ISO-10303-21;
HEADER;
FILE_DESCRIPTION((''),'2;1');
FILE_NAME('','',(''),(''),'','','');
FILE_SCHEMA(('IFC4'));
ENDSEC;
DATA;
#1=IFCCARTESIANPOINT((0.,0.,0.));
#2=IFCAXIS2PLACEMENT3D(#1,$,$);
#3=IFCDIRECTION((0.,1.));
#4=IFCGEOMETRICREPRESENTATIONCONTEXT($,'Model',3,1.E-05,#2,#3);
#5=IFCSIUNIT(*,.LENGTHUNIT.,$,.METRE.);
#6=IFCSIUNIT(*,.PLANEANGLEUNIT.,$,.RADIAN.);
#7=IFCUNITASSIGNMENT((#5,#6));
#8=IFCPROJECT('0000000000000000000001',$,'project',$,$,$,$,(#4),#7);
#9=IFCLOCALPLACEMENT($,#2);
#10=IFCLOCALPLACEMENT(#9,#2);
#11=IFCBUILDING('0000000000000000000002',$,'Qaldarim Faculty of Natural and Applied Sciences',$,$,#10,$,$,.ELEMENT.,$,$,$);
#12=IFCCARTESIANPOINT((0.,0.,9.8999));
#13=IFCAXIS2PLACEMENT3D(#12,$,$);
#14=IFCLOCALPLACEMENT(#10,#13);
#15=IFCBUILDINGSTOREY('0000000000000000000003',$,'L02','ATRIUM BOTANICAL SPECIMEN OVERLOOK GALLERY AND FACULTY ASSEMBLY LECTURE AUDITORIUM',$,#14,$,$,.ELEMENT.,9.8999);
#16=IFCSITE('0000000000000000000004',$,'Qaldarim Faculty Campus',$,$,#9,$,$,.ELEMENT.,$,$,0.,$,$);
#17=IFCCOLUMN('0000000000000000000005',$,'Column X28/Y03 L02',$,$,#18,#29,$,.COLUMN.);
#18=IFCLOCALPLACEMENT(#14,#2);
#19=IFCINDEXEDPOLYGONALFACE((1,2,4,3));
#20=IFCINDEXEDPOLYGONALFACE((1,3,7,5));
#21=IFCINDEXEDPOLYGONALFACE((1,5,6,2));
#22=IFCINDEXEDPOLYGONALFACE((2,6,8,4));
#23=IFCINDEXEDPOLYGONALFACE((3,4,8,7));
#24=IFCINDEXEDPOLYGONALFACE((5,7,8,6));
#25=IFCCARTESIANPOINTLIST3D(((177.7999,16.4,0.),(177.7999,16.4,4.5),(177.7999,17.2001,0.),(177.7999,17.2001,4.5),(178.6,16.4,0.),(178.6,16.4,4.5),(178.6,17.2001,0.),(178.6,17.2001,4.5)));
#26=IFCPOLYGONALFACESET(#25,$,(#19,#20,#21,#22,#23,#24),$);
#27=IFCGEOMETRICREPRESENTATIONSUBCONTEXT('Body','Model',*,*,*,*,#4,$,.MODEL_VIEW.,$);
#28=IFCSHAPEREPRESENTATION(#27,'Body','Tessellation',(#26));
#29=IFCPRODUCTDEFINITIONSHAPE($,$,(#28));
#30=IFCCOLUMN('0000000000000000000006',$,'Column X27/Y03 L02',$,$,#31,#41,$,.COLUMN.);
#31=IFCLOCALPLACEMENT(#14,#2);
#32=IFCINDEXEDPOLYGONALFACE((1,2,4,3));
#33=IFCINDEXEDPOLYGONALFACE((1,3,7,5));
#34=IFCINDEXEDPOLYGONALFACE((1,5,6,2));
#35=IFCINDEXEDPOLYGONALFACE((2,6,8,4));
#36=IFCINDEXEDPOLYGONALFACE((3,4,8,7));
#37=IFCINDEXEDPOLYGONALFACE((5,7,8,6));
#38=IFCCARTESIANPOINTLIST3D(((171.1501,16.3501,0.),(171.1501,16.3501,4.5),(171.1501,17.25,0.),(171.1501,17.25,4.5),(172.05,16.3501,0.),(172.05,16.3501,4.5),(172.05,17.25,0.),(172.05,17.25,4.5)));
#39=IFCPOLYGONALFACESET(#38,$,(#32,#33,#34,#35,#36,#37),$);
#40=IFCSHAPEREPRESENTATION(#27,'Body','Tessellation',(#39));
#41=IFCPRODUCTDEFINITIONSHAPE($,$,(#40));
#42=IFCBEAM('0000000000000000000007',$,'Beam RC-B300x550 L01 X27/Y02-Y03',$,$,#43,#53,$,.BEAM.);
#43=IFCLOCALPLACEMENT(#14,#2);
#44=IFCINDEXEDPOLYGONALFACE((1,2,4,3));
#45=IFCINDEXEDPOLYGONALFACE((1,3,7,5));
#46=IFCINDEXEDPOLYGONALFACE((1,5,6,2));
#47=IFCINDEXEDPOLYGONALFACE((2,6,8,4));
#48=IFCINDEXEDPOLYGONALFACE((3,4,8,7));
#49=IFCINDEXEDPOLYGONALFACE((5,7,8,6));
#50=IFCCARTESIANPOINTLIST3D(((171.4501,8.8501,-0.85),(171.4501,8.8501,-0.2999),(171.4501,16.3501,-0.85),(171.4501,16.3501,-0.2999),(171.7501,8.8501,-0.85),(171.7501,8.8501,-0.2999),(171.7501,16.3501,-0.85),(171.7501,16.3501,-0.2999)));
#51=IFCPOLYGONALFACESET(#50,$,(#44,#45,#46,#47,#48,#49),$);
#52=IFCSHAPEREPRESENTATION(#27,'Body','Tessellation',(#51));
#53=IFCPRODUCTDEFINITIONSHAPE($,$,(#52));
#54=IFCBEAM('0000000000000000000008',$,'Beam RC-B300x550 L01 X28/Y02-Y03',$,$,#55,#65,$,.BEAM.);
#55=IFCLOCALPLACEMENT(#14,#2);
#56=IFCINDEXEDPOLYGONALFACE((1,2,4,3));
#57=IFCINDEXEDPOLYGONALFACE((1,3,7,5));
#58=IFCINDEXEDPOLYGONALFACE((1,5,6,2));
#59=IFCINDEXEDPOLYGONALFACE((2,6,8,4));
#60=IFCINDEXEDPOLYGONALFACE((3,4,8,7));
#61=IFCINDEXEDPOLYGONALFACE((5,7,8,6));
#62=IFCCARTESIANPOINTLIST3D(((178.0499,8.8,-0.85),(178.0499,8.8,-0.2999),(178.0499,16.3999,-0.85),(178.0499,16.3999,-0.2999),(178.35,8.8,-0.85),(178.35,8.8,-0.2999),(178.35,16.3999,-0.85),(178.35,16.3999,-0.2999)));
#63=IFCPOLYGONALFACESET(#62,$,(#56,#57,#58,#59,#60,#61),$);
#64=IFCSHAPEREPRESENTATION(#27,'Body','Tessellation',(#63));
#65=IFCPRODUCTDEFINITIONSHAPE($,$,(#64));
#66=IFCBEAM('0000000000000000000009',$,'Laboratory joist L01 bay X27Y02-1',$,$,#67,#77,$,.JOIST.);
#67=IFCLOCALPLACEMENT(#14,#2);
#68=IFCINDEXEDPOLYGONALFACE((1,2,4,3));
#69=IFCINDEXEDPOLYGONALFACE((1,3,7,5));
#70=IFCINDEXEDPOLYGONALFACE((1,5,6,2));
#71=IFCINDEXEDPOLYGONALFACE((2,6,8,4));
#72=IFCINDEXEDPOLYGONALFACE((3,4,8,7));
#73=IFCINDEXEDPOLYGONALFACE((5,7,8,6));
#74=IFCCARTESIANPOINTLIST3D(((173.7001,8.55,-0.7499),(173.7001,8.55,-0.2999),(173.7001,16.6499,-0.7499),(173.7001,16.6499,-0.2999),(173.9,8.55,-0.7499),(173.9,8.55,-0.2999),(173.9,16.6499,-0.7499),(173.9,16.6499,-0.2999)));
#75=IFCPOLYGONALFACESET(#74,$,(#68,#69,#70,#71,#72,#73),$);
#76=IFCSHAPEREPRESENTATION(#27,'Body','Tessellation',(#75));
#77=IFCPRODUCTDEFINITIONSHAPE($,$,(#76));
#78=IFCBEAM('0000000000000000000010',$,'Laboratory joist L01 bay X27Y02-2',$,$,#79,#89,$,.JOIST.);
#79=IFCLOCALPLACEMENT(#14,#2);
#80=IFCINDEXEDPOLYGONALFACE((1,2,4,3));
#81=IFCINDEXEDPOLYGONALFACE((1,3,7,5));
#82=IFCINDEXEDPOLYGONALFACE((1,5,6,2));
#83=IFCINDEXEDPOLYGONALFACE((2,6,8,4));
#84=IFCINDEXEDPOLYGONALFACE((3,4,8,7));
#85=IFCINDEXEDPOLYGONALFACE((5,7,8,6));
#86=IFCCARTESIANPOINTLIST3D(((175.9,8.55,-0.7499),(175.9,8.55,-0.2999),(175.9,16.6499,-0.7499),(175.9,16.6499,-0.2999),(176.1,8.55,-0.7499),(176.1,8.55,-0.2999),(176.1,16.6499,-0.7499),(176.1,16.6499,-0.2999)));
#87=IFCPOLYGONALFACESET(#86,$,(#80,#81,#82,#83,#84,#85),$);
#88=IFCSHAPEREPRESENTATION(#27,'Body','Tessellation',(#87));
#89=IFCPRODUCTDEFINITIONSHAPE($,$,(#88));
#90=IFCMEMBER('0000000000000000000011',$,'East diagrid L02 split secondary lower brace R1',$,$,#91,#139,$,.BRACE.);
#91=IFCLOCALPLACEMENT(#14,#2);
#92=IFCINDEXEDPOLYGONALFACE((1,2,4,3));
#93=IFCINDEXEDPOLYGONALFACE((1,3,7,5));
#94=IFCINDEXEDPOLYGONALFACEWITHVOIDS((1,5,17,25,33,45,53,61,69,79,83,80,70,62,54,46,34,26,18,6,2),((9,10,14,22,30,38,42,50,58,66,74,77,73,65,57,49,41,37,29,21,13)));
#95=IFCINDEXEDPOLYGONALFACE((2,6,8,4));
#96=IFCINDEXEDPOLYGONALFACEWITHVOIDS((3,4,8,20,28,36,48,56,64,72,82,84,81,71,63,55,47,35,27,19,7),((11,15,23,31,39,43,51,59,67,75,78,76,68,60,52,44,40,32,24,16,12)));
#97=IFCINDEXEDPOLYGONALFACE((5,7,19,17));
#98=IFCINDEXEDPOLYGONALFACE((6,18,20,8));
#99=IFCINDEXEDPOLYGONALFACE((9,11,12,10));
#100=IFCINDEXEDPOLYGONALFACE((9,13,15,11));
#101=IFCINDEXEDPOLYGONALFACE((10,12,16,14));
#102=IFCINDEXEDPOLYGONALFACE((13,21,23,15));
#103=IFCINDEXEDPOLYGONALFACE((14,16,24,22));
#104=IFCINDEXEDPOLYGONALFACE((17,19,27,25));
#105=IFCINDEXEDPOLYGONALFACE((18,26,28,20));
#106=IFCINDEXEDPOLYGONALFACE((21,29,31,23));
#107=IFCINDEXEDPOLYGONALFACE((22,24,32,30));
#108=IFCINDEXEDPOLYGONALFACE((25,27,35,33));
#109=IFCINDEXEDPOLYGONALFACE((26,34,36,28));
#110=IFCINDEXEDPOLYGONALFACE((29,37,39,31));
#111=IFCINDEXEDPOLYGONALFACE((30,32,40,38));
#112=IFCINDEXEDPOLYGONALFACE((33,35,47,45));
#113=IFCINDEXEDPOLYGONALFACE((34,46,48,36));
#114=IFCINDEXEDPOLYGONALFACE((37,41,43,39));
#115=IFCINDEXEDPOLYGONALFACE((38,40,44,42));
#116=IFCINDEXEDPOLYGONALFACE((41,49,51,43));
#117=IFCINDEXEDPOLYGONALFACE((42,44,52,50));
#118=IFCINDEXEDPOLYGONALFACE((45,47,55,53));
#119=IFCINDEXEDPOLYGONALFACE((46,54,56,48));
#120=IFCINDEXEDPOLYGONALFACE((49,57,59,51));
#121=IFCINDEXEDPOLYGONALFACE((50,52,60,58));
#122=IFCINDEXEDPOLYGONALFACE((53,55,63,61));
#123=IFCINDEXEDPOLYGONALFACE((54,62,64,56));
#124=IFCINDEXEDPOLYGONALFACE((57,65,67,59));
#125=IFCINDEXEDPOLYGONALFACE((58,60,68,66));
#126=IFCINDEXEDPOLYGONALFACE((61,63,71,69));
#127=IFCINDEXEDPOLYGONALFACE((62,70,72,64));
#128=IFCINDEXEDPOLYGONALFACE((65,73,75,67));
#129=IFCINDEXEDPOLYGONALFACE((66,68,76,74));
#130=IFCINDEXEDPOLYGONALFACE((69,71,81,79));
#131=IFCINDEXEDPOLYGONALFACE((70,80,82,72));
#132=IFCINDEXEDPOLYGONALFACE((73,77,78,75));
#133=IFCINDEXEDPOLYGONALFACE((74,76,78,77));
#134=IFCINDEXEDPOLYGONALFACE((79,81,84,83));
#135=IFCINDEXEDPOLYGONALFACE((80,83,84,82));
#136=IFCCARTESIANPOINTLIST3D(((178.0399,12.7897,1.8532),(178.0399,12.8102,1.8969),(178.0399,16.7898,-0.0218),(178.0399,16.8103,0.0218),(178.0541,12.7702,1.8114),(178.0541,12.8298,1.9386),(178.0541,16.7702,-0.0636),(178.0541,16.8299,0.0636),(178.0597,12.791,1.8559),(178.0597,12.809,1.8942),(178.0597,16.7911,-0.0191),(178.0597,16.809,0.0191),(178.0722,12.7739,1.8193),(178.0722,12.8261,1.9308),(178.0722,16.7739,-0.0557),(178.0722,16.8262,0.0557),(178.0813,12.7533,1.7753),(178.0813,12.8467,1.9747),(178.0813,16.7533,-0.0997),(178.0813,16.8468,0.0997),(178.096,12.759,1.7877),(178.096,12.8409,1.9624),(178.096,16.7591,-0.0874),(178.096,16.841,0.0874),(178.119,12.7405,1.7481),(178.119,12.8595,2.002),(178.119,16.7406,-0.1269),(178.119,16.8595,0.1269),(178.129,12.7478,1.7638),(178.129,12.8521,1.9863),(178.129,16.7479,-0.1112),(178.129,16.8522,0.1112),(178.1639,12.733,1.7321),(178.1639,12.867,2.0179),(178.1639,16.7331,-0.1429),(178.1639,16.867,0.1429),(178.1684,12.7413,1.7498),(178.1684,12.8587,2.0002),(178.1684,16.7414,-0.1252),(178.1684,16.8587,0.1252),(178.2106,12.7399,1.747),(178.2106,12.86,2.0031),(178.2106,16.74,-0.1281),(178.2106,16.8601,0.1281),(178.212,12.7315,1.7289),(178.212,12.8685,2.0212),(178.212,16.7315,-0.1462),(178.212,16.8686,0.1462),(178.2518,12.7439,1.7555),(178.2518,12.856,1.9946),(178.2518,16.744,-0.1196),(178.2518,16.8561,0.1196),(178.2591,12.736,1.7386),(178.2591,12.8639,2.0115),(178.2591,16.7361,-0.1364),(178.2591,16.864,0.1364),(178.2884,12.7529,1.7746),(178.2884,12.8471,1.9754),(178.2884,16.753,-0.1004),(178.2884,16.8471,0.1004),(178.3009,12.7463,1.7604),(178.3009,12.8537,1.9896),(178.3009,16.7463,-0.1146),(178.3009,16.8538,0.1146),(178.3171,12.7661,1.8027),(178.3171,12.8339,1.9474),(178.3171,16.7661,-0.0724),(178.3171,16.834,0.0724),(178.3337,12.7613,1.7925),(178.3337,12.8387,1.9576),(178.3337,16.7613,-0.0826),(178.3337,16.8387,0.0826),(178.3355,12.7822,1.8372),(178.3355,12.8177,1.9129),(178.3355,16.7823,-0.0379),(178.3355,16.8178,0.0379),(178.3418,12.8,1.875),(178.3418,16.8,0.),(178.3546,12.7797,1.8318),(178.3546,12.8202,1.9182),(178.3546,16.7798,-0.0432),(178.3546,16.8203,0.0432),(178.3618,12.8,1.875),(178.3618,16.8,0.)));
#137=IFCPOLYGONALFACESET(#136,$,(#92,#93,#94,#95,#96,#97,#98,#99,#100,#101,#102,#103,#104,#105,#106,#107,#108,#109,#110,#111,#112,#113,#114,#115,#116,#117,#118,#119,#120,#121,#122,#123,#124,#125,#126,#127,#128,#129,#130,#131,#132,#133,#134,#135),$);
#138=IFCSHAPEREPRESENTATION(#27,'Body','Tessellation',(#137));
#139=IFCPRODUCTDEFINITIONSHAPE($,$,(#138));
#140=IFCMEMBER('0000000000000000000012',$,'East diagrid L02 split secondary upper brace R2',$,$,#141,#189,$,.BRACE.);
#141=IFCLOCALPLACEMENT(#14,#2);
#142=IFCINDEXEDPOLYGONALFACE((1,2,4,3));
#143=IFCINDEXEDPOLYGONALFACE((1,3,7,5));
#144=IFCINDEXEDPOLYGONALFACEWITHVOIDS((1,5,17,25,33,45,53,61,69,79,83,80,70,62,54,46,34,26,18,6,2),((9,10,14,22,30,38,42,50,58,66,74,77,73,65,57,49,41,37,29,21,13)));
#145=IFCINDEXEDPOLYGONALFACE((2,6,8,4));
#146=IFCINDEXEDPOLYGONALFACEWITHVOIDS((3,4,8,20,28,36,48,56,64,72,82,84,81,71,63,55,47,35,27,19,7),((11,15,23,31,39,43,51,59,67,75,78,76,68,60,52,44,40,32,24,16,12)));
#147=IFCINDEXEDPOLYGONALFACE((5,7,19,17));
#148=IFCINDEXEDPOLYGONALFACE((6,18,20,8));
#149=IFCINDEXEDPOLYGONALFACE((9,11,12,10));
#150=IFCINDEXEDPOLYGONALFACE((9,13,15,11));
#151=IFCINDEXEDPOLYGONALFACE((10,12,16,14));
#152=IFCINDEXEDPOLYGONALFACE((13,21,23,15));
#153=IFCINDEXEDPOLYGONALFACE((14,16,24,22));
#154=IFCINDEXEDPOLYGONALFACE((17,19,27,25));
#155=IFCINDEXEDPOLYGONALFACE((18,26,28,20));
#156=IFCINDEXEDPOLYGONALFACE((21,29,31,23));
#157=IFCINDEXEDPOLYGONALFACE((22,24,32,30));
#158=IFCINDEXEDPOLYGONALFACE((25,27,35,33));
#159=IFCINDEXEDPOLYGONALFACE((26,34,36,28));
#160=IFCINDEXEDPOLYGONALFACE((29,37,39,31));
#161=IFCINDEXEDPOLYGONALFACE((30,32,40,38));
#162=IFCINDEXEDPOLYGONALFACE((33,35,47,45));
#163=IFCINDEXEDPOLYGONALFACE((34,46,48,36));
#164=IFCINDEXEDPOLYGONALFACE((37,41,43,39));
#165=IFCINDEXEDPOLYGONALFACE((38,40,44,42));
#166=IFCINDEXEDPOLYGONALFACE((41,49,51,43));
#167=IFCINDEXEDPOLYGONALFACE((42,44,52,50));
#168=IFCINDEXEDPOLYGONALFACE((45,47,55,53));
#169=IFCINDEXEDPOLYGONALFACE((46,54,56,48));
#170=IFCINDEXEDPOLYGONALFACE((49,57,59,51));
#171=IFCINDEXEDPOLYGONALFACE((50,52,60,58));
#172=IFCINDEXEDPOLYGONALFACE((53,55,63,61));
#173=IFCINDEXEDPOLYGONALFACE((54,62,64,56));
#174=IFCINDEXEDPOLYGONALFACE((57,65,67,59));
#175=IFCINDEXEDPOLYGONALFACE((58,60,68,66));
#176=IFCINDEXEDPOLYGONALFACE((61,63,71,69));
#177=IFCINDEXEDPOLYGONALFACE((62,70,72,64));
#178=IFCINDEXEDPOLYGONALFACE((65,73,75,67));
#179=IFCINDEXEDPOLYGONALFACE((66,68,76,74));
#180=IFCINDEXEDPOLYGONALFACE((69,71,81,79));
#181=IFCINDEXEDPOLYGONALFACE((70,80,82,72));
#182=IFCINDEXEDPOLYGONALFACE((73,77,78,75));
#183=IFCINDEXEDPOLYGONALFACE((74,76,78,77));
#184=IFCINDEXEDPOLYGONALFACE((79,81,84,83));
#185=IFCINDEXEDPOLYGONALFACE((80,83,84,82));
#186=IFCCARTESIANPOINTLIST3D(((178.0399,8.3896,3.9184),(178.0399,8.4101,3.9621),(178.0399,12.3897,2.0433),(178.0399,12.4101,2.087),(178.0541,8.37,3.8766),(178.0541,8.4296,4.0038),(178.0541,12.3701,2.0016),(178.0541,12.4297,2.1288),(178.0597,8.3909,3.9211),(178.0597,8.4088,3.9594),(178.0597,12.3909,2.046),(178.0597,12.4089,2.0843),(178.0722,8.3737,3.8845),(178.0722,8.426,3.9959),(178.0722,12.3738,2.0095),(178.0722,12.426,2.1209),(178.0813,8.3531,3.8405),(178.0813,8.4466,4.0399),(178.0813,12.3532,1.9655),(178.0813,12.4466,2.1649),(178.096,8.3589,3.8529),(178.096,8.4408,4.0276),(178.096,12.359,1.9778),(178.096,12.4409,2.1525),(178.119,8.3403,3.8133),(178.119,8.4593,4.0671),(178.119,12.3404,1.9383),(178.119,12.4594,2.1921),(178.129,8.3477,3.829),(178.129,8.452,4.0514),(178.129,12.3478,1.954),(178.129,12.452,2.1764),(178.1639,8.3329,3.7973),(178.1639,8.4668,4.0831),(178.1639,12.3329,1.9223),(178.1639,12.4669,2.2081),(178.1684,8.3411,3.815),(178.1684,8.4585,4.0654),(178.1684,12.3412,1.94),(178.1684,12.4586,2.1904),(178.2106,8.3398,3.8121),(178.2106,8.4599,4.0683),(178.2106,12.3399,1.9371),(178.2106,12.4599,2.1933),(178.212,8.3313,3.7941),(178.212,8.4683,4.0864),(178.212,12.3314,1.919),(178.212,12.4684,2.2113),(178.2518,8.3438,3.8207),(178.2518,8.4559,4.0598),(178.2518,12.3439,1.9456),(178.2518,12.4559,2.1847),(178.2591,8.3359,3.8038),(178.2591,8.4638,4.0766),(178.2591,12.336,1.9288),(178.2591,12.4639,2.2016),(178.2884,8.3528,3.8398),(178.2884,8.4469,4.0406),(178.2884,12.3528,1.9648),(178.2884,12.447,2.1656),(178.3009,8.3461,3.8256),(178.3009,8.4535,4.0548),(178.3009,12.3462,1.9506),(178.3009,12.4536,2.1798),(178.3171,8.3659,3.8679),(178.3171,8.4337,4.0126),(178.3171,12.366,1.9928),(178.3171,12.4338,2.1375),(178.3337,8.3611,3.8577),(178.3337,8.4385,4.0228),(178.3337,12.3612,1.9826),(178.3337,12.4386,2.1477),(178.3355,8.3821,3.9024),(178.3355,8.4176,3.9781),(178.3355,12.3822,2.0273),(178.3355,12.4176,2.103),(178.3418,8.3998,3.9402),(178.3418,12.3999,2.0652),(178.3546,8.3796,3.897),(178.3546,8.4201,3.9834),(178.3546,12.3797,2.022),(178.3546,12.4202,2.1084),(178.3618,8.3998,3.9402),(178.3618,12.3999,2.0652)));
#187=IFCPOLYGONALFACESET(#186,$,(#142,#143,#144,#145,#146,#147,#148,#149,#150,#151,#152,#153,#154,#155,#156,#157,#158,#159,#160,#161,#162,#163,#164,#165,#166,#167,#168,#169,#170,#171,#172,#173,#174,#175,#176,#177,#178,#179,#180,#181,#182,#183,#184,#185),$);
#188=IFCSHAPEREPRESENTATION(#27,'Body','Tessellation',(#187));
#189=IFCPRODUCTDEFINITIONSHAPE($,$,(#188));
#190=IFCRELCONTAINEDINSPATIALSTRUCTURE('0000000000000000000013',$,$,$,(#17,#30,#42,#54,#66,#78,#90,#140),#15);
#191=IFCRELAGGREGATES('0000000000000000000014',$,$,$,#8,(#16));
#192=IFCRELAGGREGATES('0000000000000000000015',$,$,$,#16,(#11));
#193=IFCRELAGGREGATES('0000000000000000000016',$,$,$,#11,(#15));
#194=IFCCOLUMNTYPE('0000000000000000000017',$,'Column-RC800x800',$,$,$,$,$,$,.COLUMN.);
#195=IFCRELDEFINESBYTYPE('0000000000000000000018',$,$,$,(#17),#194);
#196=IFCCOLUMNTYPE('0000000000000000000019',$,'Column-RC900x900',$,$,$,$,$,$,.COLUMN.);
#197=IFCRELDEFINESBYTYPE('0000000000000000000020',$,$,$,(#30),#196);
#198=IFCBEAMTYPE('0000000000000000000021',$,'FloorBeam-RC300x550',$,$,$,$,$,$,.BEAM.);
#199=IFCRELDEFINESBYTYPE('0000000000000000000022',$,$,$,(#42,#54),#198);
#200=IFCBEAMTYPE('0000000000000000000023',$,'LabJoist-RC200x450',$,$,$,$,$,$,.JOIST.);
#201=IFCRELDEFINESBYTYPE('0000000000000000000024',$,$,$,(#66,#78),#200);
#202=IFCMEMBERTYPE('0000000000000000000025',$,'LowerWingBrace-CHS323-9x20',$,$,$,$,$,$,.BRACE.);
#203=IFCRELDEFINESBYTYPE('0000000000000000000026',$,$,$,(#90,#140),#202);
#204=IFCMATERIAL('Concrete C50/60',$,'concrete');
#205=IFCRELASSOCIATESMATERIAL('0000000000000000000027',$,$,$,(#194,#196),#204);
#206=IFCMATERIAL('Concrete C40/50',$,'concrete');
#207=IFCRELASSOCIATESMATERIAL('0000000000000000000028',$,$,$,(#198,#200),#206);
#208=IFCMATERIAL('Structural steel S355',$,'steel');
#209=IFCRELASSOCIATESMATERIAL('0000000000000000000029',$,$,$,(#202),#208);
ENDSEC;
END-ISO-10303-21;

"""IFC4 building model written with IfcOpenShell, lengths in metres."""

from ifc_helpers import new_model, si_unit, direction, frame, origin, origin_2d, place, context, subcontext, project, spatial, rectangle, hollow_circle, extrude, material, material_profile, profile_set, type_object, element, save


model = new_model("IFC4")

# Units and contexts
model_context = context("Model", 3, precision=1e-05, world=origin(), true_north=direction((0.0, 1.0)))
body_context = subcontext(model_context, "Body", "Model", "MODEL_VIEW")
ifc_project = project(units=[si_unit("LENGTHUNIT", "METRE"), si_unit("PLANEANGLEUNIT", "RADIAN")], contexts=[model_context])

# Site, building, storey
site_placement = place(None, origin())
site = spatial("IfcSite", under=ifc_project, at=site_placement, Name="Qaldarim Faculty Campus", CompositionType="ELEMENT", RefElevation=0.0)
building_placement = place(site_placement, origin())
building = spatial("IfcBuilding", under=site, at=building_placement, Name="Qaldarim Faculty of Natural and Applied Sciences", CompositionType="ELEMENT")
storey_placement = place(building_placement, frame((0.0, 0.0, 9.8999)))
storey = spatial("IfcBuildingStorey", under=building, at=storey_placement, Name="L02", Description="ATRIUM BOTANICAL SPECIMEN OVERLOOK GALLERY AND FACULTY ASSEMBLY LECTURE AUDITORIUM", CompositionType="ELEMENT", Elevation=9.8999)

# Columns
ifc_material_1 = material(Name="Concrete C50/60", Category="concrete")
ifc_material_profile_1 = material_profile(ifc_material_1, rectangle(XDim=0.8, YDim=0.8, at=origin_2d()), Name="RC-C800x800")
ifc_profile_set_1 = profile_set([ifc_material_profile_1], Name="Concrete C50/60")
column_type_1 = type_object("IfcColumnType", Name="Column-RC800x800", PredefinedType="COLUMN", material=ifc_profile_set_1)
column_1_placement = place(storey_placement, frame((178.2, 16.8, 0.0), z_axis=(0.0, 0.0, 1.0), x_axis=(1.0, 0.0, 0.0)))
element("IfcColumn", 1, at=column_1_placement, inside=storey, type_object=column_type_1, Name="Column X28/Y03 L02", PredefinedType="COLUMN", context=body_context, shape_type="SweptSolid", body=[
    extrude(rectangle(XDim=0.8, YDim=0.8, at=origin_2d()), origin(), (0.0, 0.0, 1.0), 4.5),
])
ifc_material_profile_2 = material_profile(ifc_material_1, rectangle(XDim=0.8999, YDim=0.8999, at=origin_2d()), Name="RC-C900x900")
ifc_profile_set_2 = profile_set([ifc_material_profile_2], Name="Concrete C50/60")
column_type_2 = type_object("IfcColumnType", Name="Column-RC900x900", PredefinedType="COLUMN", material=ifc_profile_set_2)
column_2_placement = place(storey_placement, frame((171.6001, 16.8, 0.0), z_axis=(0.0, 0.0, 1.0), x_axis=(1.0, 0.0, 0.0)))
element("IfcColumn", 2, at=column_2_placement, inside=storey, type_object=column_type_2, Name="Column X27/Y03 L02", PredefinedType="COLUMN", context=body_context, shape_type="SweptSolid", body=[
    extrude(rectangle(XDim=0.8999, YDim=0.8999, at=origin_2d()), origin(), (0.0, 0.0, 1.0), 4.5),
])

# Beams
ifc_material_2 = material(Name="Concrete C40/50", Category="concrete")
ifc_material_profile_3 = material_profile(ifc_material_2, rectangle(XDim=0.3, YDim=0.55, at=origin_2d()), Name="RC-B300x550")
ifc_profile_set_3 = profile_set([ifc_material_profile_3], Name="Concrete C40/50")
beam_type_1 = type_object("IfcBeamType", Name="FloorBeam-RC300x550", PredefinedType="BEAM", material=ifc_profile_set_3)
beam_1_placement = place(storey_placement, frame((171.6001, 8.8501, -0.575), z_axis=(0.0, 1.0, 0.0), x_axis=(-1.0, 0.0, 0.0)))
element("IfcBeam", 3, at=beam_1_placement, inside=storey, type_object=beam_type_1, Name="Beam RC-B300x550 L01 X27/Y02-Y03", PredefinedType="BEAM", context=body_context, shape_type="SweptSolid", body=[
    extrude(rectangle(XDim=0.3, YDim=0.55, at=origin_2d()), origin(), (0.0, 0.0, 1.0), 7.5),
])
beam_2_placement = place(storey_placement, frame((178.2, 8.8, -0.575), z_axis=(0.0, 1.0, 0.0), x_axis=(-1.0, 0.0, 0.0)))
element("IfcBeam", 4, at=beam_2_placement, inside=storey, type_object=beam_type_1, Name="Beam RC-B300x550 L01 X28/Y02-Y03", PredefinedType="BEAM", context=body_context, shape_type="SweptSolid", body=[
    extrude(rectangle(XDim=0.3, YDim=0.55, at=origin_2d()), origin(), (0.0, 0.0, 1.0), 7.5999),
])
ifc_material_profile_4 = material_profile(ifc_material_2, rectangle(XDim=0.2, YDim=0.45, at=origin_2d()), Name="RC-J200x450")
ifc_profile_set_4 = profile_set([ifc_material_profile_4], Name="Concrete C40/50")
beam_type_2 = type_object("IfcBeamType", Name="LabJoist-RC200x450", PredefinedType="JOIST", material=ifc_profile_set_4)
for number, where, z_axis, x_axis, name in (
    (5, (173.8, 8.55, -0.5249), (0.0, 1.0, 0.0), (-1.0, 0.0, 0.0), "Laboratory joist L01 bay X27Y02-1"),
    (6, (176.0, 8.55, -0.5249), (0.0, 1.0, 0.0), (-1.0, 0.0, 0.0), "Laboratory joist L01 bay X27Y02-2"),
):
    element("IfcBeam", number, at=place(storey_placement, frame(where, z_axis=z_axis, x_axis=x_axis)), inside=storey, type_object=beam_type_2, Name=name, PredefinedType="JOIST", context=body_context, shape_type="SweptSolid", body=[
        extrude(rectangle(XDim=0.2, YDim=0.45, at=origin_2d()), origin(), (0.0, 0.0, 1.0), 8.0999),
    ])

# Members
ifc_material_3 = material(Name="Structural steel S355", Category="steel")
ifc_material_profile_5 = material_profile(ifc_material_3, hollow_circle(Radius=0.1619, WallThickness=0.02, at=origin_2d()), Name="CHS 323.9x20.0")
ifc_profile_set_5 = profile_set([ifc_material_profile_5], Name="Structural steel S355")
member_type_1 = type_object("IfcMemberType", Name="LowerWingBrace-CHS323-9x20", PredefinedType="BRACE", material=ifc_profile_set_5)
for number, where, z_axis, x_axis, name in (
    (7, (178.2, 16.8, 0.0), (0.0, -0.905459, 0.424434), (1.0, 0.0, 0.0), "East diagrid L02 split secondary lower brace R1"),
    (8, (178.2, 12.3999, 2.0652), (0.0, -0.905459, 0.424434), (1.0, 0.0, 0.0), "East diagrid L02 split secondary upper brace R2"),
):
    element("IfcMember", number, at=place(storey_placement, frame(where, z_axis=z_axis, x_axis=x_axis)), inside=storey, type_object=member_type_1, Name=name, PredefinedType="BRACE", context=body_context, shape_type="SweptSolid", body=[
        extrude(hollow_circle(Radius=0.1619, WallThickness=0.02, at=origin_2d()), origin(), (0.0, 0.0, 1.0), 4.4177),
    ])

save(model, "model.ifc")
